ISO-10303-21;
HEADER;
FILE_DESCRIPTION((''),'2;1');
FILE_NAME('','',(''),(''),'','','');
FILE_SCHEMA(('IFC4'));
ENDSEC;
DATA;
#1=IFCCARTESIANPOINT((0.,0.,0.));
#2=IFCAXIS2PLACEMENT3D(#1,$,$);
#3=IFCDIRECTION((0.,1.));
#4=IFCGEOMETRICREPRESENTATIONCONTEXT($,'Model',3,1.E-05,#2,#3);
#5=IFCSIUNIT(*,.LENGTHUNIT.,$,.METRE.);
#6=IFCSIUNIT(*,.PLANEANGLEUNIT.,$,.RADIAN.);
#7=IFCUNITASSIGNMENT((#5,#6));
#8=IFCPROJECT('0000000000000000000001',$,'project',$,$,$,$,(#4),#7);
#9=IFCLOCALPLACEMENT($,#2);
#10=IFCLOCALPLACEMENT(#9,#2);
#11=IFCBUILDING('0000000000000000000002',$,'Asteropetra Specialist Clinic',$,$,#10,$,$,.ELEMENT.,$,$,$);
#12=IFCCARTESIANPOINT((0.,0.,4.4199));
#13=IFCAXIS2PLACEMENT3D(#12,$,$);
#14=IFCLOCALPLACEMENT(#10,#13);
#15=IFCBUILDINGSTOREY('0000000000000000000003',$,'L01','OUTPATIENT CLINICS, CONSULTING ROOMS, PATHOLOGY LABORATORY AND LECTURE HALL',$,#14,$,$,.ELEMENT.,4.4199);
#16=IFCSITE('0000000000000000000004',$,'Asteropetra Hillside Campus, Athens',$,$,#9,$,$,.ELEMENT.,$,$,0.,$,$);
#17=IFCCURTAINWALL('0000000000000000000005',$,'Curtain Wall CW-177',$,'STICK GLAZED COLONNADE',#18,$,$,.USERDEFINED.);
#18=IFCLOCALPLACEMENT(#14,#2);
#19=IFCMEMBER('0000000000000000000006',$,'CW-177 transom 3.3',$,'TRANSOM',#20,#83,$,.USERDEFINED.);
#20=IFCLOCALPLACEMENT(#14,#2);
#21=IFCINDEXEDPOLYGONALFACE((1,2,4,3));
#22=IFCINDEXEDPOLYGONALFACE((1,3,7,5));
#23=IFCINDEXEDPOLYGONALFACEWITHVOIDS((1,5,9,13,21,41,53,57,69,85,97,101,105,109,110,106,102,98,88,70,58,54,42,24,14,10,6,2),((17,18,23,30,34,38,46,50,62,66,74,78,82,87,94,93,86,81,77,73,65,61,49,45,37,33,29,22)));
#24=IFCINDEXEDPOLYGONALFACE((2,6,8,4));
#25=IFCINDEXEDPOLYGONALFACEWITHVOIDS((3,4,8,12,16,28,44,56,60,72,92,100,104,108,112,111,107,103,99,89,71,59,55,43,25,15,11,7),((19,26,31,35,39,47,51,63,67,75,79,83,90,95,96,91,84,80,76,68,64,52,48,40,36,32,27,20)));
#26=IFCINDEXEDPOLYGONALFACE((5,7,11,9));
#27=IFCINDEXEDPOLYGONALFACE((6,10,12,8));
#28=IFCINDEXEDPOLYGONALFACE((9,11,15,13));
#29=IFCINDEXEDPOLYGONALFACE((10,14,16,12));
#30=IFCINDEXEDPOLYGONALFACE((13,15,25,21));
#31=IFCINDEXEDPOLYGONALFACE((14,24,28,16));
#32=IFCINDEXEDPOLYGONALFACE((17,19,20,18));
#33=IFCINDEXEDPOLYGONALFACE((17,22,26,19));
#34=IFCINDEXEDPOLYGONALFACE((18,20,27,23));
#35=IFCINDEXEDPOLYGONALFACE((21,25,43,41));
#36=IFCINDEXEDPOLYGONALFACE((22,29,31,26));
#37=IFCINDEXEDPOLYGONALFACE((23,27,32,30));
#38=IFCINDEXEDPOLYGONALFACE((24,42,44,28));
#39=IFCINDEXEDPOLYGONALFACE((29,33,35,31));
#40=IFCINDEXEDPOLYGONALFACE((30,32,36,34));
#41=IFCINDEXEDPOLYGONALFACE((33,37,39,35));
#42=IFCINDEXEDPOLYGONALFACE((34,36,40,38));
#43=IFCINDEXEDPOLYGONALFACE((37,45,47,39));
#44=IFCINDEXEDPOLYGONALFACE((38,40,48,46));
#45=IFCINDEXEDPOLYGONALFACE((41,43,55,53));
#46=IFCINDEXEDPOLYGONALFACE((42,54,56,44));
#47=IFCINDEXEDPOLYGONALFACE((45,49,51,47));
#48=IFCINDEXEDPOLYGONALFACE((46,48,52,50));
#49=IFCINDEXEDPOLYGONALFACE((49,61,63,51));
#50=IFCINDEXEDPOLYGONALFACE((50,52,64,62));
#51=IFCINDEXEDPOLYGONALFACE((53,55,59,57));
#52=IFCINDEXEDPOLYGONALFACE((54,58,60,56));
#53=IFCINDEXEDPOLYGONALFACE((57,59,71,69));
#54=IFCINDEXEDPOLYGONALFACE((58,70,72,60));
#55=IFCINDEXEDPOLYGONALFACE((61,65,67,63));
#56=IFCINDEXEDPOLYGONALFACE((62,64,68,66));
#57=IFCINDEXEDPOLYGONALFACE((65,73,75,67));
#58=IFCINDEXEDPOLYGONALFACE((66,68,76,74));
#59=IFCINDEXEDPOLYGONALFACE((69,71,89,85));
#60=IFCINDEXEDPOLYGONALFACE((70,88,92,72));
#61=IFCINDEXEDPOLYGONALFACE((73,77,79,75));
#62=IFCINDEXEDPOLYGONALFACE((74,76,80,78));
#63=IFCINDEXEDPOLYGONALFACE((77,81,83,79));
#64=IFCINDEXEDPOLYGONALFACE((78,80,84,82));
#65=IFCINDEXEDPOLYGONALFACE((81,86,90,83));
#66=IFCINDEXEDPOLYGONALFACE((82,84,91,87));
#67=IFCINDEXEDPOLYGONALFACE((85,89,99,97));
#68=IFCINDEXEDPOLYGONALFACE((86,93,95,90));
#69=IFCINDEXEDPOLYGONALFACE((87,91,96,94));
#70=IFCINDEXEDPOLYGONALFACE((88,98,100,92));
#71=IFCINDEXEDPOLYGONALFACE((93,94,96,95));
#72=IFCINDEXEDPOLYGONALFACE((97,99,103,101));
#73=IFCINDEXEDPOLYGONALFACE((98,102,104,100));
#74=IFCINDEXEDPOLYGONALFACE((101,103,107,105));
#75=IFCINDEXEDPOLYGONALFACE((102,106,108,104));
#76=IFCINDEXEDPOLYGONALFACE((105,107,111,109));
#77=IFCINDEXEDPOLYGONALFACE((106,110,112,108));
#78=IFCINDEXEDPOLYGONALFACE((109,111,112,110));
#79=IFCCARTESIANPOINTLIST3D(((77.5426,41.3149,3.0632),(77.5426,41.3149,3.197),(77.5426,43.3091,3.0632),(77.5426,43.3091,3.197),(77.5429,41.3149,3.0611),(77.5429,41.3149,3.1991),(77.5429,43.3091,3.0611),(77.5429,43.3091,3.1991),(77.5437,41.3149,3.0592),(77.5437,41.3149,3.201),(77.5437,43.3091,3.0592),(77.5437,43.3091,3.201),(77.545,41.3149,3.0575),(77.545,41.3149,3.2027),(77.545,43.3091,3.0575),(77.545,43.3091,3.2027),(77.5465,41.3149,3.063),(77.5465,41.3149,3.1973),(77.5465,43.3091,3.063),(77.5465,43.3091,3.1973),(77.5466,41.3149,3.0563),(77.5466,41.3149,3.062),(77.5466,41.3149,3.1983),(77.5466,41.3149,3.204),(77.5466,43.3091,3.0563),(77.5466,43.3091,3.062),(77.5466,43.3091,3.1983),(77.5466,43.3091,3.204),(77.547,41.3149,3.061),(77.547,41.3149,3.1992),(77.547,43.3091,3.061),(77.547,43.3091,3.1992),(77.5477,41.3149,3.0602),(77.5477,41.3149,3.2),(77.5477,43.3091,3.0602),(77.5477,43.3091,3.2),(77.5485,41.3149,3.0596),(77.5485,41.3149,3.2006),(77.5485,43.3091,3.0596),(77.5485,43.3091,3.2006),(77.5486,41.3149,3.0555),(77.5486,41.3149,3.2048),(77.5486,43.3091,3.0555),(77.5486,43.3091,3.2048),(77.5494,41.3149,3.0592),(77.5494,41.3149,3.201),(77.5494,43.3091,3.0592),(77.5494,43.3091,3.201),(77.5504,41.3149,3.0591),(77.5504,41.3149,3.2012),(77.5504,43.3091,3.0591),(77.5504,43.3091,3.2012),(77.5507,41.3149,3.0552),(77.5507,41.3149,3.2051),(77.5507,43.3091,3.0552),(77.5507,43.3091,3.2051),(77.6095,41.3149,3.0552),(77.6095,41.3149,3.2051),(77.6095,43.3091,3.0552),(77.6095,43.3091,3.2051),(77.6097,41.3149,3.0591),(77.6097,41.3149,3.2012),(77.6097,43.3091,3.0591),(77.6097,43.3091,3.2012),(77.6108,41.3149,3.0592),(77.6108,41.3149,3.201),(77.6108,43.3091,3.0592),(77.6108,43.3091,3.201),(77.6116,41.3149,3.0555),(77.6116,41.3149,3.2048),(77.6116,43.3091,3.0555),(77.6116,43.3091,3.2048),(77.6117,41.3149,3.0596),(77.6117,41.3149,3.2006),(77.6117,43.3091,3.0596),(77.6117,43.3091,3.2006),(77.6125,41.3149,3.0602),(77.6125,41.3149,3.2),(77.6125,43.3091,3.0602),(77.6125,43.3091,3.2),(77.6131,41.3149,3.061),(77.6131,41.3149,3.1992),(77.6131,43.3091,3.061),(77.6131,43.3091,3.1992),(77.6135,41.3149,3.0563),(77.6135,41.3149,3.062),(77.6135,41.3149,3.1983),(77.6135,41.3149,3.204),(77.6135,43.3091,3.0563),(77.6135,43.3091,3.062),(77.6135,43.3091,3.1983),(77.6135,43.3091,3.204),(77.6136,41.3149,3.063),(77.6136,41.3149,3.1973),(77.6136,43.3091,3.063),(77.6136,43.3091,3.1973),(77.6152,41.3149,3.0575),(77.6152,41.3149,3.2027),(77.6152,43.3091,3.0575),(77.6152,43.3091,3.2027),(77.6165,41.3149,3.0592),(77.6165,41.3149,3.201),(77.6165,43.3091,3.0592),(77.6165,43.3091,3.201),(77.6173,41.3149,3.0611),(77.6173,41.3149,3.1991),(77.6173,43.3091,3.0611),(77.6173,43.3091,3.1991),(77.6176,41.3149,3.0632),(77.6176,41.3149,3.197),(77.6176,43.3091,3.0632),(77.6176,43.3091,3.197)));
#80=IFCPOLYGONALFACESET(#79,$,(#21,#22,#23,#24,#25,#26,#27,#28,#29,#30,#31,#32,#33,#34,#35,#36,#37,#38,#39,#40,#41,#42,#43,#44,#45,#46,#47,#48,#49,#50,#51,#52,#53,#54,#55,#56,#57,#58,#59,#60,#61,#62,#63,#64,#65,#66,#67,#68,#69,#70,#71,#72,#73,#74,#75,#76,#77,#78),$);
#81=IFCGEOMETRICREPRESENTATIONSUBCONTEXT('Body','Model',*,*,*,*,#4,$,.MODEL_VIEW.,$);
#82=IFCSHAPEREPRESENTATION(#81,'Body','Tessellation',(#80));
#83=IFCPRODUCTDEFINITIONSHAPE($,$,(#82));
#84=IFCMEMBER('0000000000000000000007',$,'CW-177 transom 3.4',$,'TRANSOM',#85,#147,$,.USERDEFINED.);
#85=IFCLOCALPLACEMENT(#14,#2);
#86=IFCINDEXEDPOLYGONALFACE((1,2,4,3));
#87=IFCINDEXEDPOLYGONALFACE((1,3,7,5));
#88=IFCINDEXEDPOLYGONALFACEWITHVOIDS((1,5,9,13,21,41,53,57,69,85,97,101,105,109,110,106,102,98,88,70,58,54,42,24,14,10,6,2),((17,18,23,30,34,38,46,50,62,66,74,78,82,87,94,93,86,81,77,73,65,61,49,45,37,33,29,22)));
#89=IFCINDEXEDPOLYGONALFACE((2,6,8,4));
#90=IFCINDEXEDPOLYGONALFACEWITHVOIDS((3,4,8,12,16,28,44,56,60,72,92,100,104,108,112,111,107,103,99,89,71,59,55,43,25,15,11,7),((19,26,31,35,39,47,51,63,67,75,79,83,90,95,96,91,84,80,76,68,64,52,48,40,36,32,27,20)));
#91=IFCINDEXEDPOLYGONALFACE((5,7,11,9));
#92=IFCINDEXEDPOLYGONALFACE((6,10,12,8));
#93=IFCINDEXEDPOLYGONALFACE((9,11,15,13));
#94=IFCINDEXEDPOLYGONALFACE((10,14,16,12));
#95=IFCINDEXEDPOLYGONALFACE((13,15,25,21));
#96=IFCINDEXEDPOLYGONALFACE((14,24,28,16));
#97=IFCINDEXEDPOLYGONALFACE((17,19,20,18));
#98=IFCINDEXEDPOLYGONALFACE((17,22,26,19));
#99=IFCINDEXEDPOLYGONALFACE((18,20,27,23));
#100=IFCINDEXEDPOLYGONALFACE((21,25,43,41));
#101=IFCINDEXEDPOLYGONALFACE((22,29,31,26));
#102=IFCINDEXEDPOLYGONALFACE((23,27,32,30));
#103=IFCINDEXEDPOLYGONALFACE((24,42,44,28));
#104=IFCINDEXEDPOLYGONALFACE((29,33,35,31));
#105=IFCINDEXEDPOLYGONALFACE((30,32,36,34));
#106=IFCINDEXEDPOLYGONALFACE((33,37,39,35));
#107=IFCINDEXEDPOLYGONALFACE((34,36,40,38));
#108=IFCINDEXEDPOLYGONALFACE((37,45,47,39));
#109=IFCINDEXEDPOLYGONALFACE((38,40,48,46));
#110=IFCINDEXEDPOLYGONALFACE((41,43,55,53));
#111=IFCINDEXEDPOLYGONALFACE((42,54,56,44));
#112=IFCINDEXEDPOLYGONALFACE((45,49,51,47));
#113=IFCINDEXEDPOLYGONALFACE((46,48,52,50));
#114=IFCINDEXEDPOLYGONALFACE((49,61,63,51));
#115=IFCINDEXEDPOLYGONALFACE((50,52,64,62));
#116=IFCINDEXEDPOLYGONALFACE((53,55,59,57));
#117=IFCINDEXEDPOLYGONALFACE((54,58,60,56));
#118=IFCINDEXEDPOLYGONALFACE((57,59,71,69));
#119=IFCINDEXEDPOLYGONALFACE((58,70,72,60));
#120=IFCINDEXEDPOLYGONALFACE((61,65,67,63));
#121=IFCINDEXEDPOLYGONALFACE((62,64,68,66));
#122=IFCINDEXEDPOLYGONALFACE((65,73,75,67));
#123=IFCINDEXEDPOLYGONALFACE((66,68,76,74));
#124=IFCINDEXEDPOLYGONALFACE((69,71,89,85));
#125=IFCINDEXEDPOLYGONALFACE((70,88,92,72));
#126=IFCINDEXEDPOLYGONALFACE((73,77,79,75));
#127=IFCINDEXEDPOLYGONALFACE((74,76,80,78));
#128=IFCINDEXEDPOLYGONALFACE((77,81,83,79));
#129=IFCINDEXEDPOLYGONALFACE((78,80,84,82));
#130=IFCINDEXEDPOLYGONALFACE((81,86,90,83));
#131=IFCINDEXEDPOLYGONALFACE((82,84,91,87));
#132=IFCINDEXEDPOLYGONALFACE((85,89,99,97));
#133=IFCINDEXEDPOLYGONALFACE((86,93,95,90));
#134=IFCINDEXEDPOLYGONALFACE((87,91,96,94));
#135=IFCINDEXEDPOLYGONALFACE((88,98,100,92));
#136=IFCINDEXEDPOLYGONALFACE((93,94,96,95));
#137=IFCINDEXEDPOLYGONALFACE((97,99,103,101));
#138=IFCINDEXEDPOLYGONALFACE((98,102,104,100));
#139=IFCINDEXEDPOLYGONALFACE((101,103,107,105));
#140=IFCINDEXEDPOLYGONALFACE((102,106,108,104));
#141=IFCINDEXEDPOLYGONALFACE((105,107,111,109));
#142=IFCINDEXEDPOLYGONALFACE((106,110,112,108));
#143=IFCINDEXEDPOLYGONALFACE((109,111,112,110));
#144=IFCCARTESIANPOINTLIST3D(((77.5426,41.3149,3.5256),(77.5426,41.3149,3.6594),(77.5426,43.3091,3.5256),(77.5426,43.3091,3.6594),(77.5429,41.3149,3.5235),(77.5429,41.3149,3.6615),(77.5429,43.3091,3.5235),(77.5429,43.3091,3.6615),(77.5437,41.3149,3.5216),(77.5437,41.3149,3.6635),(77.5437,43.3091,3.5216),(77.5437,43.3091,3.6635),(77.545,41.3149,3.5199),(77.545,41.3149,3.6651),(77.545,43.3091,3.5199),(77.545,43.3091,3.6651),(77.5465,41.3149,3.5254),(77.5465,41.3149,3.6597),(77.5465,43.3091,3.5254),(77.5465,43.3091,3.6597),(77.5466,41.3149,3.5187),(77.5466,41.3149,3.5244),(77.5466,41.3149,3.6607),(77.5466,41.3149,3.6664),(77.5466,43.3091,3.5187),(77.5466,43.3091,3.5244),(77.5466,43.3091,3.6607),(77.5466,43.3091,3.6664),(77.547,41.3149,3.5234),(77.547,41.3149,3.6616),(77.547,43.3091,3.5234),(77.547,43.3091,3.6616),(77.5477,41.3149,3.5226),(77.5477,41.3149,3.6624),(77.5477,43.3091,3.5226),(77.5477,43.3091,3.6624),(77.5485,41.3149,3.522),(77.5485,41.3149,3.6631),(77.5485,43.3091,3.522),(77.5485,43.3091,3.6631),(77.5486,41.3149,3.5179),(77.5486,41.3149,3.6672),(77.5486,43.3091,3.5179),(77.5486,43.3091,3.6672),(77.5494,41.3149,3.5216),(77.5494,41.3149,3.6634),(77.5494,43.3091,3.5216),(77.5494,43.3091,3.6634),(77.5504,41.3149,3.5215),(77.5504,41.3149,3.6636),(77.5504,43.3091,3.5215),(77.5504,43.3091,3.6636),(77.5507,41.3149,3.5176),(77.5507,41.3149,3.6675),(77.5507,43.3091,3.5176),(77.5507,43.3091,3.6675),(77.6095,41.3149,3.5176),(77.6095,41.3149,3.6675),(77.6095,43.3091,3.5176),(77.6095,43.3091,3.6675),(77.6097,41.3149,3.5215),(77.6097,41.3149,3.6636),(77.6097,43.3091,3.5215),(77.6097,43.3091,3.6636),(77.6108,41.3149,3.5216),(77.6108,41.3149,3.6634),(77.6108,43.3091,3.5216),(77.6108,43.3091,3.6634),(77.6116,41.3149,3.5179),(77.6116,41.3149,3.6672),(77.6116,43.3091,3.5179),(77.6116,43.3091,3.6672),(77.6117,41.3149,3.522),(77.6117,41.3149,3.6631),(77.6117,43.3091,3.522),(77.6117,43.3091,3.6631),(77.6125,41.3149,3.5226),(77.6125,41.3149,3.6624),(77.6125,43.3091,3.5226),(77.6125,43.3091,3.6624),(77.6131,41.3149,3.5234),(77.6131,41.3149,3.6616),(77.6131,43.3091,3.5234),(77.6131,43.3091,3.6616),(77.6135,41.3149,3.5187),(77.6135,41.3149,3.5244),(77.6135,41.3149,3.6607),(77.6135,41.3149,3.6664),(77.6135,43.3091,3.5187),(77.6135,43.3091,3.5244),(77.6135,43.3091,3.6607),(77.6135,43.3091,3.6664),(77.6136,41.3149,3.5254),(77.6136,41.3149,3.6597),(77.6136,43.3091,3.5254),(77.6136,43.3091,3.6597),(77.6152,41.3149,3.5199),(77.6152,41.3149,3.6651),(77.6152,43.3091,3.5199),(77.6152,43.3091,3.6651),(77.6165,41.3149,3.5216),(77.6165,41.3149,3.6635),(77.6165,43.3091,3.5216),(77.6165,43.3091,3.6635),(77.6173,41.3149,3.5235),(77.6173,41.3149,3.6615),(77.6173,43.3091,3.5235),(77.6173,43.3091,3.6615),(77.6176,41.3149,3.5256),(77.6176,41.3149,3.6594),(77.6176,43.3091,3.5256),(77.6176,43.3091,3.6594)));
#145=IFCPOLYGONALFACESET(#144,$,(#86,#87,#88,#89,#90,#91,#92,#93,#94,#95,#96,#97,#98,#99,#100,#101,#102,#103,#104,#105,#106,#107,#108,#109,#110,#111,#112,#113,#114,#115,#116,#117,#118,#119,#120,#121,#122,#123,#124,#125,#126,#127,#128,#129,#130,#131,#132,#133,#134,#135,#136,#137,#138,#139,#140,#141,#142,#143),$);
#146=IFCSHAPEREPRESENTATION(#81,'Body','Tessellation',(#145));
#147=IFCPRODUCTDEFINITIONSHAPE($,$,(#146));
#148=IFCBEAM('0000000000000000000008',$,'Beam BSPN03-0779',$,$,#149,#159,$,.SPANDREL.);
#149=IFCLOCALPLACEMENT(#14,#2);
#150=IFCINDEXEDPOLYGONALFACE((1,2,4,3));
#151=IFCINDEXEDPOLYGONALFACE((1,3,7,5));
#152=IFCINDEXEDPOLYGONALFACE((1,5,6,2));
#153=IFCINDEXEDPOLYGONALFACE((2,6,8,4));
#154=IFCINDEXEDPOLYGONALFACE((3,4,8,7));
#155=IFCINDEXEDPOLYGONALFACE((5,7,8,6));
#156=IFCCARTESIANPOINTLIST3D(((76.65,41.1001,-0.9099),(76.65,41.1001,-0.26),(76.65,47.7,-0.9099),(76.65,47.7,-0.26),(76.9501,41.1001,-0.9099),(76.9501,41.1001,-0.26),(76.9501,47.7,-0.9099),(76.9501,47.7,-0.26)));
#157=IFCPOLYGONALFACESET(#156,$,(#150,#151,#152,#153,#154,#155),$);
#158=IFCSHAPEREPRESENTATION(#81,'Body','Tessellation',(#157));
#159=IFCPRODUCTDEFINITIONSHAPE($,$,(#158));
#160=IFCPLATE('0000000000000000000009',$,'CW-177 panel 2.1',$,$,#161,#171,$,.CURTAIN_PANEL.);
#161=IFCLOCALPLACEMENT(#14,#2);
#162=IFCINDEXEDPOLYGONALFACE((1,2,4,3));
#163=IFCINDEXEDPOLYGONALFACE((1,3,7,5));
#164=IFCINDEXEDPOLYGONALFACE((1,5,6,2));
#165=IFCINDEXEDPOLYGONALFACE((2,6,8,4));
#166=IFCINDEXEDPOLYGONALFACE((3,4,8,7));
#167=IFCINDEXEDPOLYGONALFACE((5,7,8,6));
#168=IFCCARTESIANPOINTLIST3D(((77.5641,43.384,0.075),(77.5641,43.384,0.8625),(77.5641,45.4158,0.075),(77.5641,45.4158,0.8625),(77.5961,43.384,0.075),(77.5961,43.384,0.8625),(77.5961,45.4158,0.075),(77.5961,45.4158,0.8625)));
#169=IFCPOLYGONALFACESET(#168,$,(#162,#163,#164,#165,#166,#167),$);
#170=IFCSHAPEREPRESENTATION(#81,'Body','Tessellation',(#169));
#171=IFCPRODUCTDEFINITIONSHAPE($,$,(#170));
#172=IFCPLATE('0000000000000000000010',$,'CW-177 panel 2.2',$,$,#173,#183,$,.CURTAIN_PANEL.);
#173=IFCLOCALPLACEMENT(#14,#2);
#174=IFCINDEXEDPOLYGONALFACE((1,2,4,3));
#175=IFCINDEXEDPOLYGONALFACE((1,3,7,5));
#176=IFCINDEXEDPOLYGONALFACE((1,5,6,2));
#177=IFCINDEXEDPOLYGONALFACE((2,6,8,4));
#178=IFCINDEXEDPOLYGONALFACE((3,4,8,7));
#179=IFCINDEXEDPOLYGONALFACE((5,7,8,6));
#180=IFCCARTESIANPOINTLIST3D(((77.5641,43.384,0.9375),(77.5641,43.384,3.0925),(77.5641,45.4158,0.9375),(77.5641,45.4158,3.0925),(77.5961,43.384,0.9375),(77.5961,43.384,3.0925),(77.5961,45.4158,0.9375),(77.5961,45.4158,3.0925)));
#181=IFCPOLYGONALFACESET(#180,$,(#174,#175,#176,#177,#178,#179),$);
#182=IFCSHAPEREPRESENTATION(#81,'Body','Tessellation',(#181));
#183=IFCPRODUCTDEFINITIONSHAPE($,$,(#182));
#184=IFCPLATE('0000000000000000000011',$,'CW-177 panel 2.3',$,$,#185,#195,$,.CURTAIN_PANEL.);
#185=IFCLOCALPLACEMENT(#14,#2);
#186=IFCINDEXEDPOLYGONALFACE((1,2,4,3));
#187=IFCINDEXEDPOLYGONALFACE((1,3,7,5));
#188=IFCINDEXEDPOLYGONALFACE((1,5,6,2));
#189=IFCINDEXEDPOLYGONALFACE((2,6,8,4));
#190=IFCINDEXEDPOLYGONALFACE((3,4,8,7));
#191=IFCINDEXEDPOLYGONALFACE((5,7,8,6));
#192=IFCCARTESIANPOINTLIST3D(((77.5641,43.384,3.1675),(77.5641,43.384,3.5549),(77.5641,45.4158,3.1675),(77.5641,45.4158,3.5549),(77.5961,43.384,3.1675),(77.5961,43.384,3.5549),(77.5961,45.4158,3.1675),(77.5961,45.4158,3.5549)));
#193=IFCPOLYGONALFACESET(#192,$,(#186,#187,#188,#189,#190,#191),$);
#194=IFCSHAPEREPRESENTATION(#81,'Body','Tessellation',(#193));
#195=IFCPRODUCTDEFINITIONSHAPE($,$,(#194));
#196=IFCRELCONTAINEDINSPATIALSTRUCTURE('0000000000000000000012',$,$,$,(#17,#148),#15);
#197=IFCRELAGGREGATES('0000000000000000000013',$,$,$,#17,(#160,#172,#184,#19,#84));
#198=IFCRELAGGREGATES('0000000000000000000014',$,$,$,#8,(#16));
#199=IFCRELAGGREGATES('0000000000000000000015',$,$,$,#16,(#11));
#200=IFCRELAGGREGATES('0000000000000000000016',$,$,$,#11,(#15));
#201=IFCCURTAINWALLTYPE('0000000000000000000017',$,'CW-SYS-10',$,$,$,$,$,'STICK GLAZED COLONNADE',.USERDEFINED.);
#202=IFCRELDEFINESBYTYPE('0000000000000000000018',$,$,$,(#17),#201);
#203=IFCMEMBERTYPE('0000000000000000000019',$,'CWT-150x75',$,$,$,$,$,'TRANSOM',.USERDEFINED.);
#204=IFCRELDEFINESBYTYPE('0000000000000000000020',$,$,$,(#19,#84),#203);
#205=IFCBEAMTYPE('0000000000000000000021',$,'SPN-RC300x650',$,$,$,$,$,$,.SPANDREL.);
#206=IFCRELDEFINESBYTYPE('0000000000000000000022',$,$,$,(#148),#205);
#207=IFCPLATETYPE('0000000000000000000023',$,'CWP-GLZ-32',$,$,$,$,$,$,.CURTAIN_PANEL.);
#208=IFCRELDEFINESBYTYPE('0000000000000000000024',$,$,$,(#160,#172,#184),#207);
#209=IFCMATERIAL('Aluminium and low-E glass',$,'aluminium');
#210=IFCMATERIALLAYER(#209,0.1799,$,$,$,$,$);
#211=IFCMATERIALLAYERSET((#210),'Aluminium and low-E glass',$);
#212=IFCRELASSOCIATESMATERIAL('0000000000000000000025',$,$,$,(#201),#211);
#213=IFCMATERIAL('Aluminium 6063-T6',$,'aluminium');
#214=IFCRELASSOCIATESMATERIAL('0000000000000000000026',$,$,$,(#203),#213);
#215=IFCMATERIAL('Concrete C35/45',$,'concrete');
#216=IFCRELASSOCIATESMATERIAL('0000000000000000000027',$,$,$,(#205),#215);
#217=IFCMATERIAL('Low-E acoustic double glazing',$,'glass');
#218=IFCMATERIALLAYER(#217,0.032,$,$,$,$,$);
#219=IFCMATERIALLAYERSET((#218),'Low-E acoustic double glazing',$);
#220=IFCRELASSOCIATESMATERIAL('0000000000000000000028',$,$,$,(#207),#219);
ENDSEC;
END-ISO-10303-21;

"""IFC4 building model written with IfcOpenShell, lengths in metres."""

from ifc_helpers import new_model, si_unit, direction, frame, origin, origin_2d, place, context, subcontext, project, spatial, rectangle, hollow_rectangle, extrude, material, layer, layer_set, material_profile, profile_set, type_object, element, aggregate, save


model = new_model("IFC4")

# Units and contexts
model_context = context("Model", 3, precision=1e-05, world=origin(), true_north=direction((0.0, 1.0)))
body_context = subcontext(model_context, "Body", "Model", "MODEL_VIEW")
ifc_project = project(units=[si_unit("LENGTHUNIT", "METRE"), si_unit("PLANEANGLEUNIT", "RADIAN")], contexts=[model_context])

# Site, building, storey
site_placement = place(None, origin())
site = spatial("IfcSite", under=ifc_project, at=site_placement, Name="Asteropetra Hillside Campus, Athens", CompositionType="ELEMENT", RefElevation=0.0)
building_placement = place(site_placement, origin())
building = spatial("IfcBuilding", under=site, at=building_placement, Name="Asteropetra Specialist Clinic", CompositionType="ELEMENT")
storey_placement = place(building_placement, frame((0.0, 0.0, 4.4199)))
storey = spatial("IfcBuildingStorey", under=building, at=storey_placement, Name="L01", Description="OUTPATIENT CLINICS, CONSULTING ROOMS, PATHOLOGY LABORATORY AND LECTURE HALL", CompositionType="ELEMENT", Elevation=4.4199)

# Curtain wall, members
ifc_material_1 = material(Name="Aluminium and low-E glass", Category="aluminium")
ifc_layer_1 = layer(ifc_material_1, 0.1799)
ifc_layer_set_1 = layer_set([ifc_layer_1], Name="Aluminium and low-E glass")
curtain_wall_type = type_object("IfcCurtainWallType", Name="CW-SYS-10", ElementType="STICK GLAZED COLONNADE", PredefinedType="USERDEFINED", material=ifc_layer_set_1)
curtain_wall_placement = place(storey_placement, origin())
curtain_wall = element("IfcCurtainWall", 1, at=curtain_wall_placement, inside=storey, type_object=curtain_wall_type, Name="Curtain Wall CW-177", ObjectType="STICK GLAZED COLONNADE", PredefinedType="USERDEFINED")
ifc_material_2 = material(Name="Aluminium 6063-T6", Category="aluminium")
ifc_material_profile_1 = material_profile(ifc_material_2, hollow_rectangle(XDim=0.075, YDim=0.1499, WallThickness=0.0039, InnerFilletRadius=0.0039, OuterFilletRadius=0.0081, at=origin_2d()), Name="TRN 150x75x4.0")
ifc_profile_set_1 = profile_set([ifc_material_profile_1], Name="Aluminium 6063-T6")
member_type_1 = type_object("IfcMemberType", Name="CWT-150x75", ElementType="TRANSOM", PredefinedType="USERDEFINED", material=ifc_profile_set_1)
member_1_placement = place(storey_placement, frame((77.5801, 43.3091, 3.1301), z_axis=(0.0, -1.0, 0.0), x_axis=(1.0, 0.0, 0.0)))
member_1 = element("IfcMember", 2, at=member_1_placement, type_object=member_type_1, Name="CW-177 transom 3.3", ObjectType="TRANSOM", PredefinedType="USERDEFINED", context=body_context, shape_type="SweptSolid", body=[
    extrude(hollow_rectangle(XDim=0.075, YDim=0.1499, WallThickness=0.0039, InnerFilletRadius=0.0039, OuterFilletRadius=0.0081, at=origin_2d()), origin(), (0.0, 0.0, 1.0), 1.9941),
])
member_2_placement = place(storey_placement, frame((77.5801, 43.3091, 3.5925), z_axis=(0.0, -1.0, 0.0), x_axis=(1.0, 0.0, 0.0)))
member_2 = element("IfcMember", 3, at=member_2_placement, type_object=member_type_1, Name="CW-177 transom 3.4", ObjectType="TRANSOM", PredefinedType="USERDEFINED", context=body_context, shape_type="SweptSolid", body=[
    extrude(hollow_rectangle(XDim=0.075, YDim=0.1499, WallThickness=0.0039, InnerFilletRadius=0.0039, OuterFilletRadius=0.0081, at=origin_2d()), origin(), (0.0, 0.0, 1.0), 1.9941),
])

# Beam
ifc_material_3 = material(Name="Concrete C35/45", Category="concrete")
ifc_material_profile_2 = material_profile(ifc_material_3, rectangle(XDim=0.3, YDim=0.6499, at=origin_2d()), Name="RCS 300x650")
ifc_profile_set_2 = profile_set([ifc_material_profile_2], Name="Concrete C35/45")
beam_type_1 = type_object("IfcBeamType", Name="SPN-RC300x650", PredefinedType="SPANDREL", material=ifc_profile_set_2)
beam_1_placement = place(storey_placement, frame((76.8, 41.1001, -0.585), z_axis=(0.0, 1.0, 0.0), x_axis=(-1.0, 0.0, 0.0)))
element("IfcBeam", 4, at=beam_1_placement, inside=storey, type_object=beam_type_1, Name="Beam BSPN03-0779", PredefinedType="SPANDREL", context=body_context, shape_type="SweptSolid", body=[
    extrude(rectangle(XDim=0.3, YDim=0.6499, at=origin_2d()), origin(), (0.0, 0.0, 1.0), 6.5999),
])

# Plates
ifc_material_4 = material(Name="Low-E acoustic double glazing", Category="glass")
ifc_layer_2 = layer(ifc_material_4, 0.032)
ifc_layer_set_2 = layer_set([ifc_layer_2], Name="Low-E acoustic double glazing")
plate_type = type_object("IfcPlateType", Name="CWP-GLZ-32", PredefinedType="CURTAIN_PANEL", material=ifc_layer_set_2)
plate_1_placement = place(storey_placement, frame((77.5801, 44.3999, 0.075), z_axis=(0.0, 0.0, 1.0), x_axis=(0.0, -1.0, 0.0)))
plate_1 = element("IfcPlate", 5, at=plate_1_placement, type_object=plate_type, Name="CW-177 panel 2.1", PredefinedType="CURTAIN_PANEL", context=body_context, shape_type="SweptSolid", body=[
    extrude(rectangle(XDim=2.0317, YDim=0.032, at=origin_2d()), origin(), (0.0, 0.0, 1.0), 0.7876),
])
plate_2_placement = place(storey_placement, frame((77.5801, 44.3999, 0.9375), z_axis=(0.0, 0.0, 1.0), x_axis=(0.0, -1.0, 0.0)))
plate_2 = element("IfcPlate", 6, at=plate_2_placement, type_object=plate_type, Name="CW-177 panel 2.2", PredefinedType="CURTAIN_PANEL", context=body_context, shape_type="SweptSolid", body=[
    extrude(rectangle(XDim=2.0317, YDim=0.032, at=origin_2d()), origin(), (0.0, 0.0, 1.0), 2.155),
])
plate_3_placement = place(storey_placement, frame((77.5801, 44.3999, 3.1675), z_axis=(0.0, 0.0, 1.0), x_axis=(0.0, -1.0, 0.0)))
plate_3 = element("IfcPlate", 7, at=plate_3_placement, type_object=plate_type, Name="CW-177 panel 2.3", PredefinedType="CURTAIN_PANEL", context=body_context, shape_type="SweptSolid", body=[
    extrude(rectangle(XDim=2.0317, YDim=0.032, at=origin_2d()), origin(), (0.0, 0.0, 1.0), 0.3875),
])
aggregate(curtain_wall, [plate_1, plate_2, plate_3, member_1, member_2])

save(model, "model.ifc")
